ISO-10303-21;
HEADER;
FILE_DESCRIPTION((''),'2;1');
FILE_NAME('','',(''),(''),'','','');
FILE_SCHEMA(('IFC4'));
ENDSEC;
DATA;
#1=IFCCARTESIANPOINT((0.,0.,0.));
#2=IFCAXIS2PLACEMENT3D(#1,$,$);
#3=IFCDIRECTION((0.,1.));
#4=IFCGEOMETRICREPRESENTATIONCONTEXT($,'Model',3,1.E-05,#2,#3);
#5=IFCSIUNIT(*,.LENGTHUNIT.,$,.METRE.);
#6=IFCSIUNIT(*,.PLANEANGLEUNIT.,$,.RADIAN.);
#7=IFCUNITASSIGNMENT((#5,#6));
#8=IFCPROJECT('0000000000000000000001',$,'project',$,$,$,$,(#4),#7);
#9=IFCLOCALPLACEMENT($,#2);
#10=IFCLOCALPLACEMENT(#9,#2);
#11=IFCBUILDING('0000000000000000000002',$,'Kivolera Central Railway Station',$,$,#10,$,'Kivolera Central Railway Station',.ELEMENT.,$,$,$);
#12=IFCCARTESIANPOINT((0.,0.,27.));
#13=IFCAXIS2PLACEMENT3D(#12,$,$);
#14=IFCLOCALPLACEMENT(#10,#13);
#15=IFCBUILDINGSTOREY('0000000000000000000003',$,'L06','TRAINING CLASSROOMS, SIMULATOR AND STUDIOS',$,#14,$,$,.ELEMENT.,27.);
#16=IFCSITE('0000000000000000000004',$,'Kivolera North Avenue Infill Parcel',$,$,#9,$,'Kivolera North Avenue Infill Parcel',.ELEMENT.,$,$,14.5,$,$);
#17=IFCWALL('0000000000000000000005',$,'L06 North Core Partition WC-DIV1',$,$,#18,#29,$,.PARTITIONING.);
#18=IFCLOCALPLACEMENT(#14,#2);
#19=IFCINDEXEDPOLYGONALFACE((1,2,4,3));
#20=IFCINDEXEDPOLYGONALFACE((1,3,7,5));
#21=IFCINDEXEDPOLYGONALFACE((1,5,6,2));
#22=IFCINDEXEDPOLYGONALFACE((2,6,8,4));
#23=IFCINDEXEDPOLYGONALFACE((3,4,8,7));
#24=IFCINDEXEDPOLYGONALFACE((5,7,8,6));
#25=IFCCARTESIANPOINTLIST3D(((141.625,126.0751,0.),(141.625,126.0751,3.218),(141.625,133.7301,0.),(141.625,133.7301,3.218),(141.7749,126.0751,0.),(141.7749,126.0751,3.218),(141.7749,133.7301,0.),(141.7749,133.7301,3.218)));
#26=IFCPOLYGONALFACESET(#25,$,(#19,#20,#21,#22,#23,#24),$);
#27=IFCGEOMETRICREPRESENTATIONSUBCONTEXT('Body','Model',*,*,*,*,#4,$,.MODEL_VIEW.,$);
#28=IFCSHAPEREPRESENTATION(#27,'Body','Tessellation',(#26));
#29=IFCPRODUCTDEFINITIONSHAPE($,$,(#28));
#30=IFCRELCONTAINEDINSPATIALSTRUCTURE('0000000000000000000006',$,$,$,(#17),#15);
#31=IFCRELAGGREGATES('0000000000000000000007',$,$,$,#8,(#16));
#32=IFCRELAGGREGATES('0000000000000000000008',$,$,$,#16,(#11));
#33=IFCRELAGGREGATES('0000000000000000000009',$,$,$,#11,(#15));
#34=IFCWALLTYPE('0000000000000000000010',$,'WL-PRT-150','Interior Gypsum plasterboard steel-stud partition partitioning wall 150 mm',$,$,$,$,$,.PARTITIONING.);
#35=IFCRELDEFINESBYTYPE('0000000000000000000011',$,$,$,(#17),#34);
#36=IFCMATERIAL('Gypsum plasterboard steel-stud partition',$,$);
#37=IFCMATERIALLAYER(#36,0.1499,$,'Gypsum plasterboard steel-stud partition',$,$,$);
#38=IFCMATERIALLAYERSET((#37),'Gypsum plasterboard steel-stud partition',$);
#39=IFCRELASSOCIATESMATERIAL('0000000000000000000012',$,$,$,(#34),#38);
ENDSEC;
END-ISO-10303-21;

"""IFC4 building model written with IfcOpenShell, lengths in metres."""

from ifc_helpers import new_model, si_unit, direction, frame, frame_2d, origin, place, context, subcontext, project, spatial, rectangle, extrude, material, layer, layer_set, type_object, element, save


model = new_model("IFC4")

# Units and contexts
model_context = context("Model", 3, precision=1e-05, world=origin(), true_north=direction((0.0, 1.0)))
body_context = subcontext(model_context, "Body", "Model", "MODEL_VIEW")
ifc_project = project(units=[si_unit("LENGTHUNIT", "METRE"), si_unit("PLANEANGLEUNIT", "RADIAN")], contexts=[model_context])

# Site, building, storey
site_placement = place(None, origin())
site = spatial("IfcSite", under=ifc_project, at=site_placement, Name="Kivolera North Avenue Infill Parcel", LongName="Kivolera North Avenue Infill Parcel", CompositionType="ELEMENT", RefElevation=14.5)
building_placement = place(site_placement, origin())
building = spatial("IfcBuilding", under=site, at=building_placement, Name="Kivolera Central Railway Station", LongName="Kivolera Central Railway Station", CompositionType="ELEMENT")
storey_placement = place(building_placement, frame((0.0, 0.0, 27.0)))
storey = spatial("IfcBuildingStorey", under=building, at=storey_placement, Name="L06", Description="TRAINING CLASSROOMS, SIMULATOR AND STUDIOS", CompositionType="ELEMENT", Elevation=27.0)

# Wall
ifc_material_1 = material(Name="Gypsum plasterboard steel-stud partition")
ifc_layer_1 = layer(ifc_material_1, 0.1499, Name="Gypsum plasterboard steel-stud partition")
ifc_layer_set_1 = layer_set([ifc_layer_1], Name="Gypsum plasterboard steel-stud partition")
wall_type_1 = type_object("IfcWallType", Name="WL-PRT-150", Description="Interior Gypsum plasterboard steel-stud partition partitioning wall 150 mm", PredefinedType="PARTITIONING", material=ifc_layer_set_1)
wall_1_placement = place(storey_placement, frame((141.7, 126.075, 0.0), z_axis=(0.0, 0.0, 1.0), x_axis=(0.0, 1.0, 0.0)))
element("IfcWall", 1, at=wall_1_placement, inside=storey, type_object=wall_type_1, Name="L06 North Core Partition WC-DIV1", PredefinedType="PARTITIONING", context=body_context, shape_type="SweptSolid", body=[
    extrude(rectangle(XDim=7.655, YDim=0.1499, at=frame_2d((3.8276, 0.0))), origin(), (0.0, 0.0, 1.0), 3.218),
])

save(model, "model.ifc")
